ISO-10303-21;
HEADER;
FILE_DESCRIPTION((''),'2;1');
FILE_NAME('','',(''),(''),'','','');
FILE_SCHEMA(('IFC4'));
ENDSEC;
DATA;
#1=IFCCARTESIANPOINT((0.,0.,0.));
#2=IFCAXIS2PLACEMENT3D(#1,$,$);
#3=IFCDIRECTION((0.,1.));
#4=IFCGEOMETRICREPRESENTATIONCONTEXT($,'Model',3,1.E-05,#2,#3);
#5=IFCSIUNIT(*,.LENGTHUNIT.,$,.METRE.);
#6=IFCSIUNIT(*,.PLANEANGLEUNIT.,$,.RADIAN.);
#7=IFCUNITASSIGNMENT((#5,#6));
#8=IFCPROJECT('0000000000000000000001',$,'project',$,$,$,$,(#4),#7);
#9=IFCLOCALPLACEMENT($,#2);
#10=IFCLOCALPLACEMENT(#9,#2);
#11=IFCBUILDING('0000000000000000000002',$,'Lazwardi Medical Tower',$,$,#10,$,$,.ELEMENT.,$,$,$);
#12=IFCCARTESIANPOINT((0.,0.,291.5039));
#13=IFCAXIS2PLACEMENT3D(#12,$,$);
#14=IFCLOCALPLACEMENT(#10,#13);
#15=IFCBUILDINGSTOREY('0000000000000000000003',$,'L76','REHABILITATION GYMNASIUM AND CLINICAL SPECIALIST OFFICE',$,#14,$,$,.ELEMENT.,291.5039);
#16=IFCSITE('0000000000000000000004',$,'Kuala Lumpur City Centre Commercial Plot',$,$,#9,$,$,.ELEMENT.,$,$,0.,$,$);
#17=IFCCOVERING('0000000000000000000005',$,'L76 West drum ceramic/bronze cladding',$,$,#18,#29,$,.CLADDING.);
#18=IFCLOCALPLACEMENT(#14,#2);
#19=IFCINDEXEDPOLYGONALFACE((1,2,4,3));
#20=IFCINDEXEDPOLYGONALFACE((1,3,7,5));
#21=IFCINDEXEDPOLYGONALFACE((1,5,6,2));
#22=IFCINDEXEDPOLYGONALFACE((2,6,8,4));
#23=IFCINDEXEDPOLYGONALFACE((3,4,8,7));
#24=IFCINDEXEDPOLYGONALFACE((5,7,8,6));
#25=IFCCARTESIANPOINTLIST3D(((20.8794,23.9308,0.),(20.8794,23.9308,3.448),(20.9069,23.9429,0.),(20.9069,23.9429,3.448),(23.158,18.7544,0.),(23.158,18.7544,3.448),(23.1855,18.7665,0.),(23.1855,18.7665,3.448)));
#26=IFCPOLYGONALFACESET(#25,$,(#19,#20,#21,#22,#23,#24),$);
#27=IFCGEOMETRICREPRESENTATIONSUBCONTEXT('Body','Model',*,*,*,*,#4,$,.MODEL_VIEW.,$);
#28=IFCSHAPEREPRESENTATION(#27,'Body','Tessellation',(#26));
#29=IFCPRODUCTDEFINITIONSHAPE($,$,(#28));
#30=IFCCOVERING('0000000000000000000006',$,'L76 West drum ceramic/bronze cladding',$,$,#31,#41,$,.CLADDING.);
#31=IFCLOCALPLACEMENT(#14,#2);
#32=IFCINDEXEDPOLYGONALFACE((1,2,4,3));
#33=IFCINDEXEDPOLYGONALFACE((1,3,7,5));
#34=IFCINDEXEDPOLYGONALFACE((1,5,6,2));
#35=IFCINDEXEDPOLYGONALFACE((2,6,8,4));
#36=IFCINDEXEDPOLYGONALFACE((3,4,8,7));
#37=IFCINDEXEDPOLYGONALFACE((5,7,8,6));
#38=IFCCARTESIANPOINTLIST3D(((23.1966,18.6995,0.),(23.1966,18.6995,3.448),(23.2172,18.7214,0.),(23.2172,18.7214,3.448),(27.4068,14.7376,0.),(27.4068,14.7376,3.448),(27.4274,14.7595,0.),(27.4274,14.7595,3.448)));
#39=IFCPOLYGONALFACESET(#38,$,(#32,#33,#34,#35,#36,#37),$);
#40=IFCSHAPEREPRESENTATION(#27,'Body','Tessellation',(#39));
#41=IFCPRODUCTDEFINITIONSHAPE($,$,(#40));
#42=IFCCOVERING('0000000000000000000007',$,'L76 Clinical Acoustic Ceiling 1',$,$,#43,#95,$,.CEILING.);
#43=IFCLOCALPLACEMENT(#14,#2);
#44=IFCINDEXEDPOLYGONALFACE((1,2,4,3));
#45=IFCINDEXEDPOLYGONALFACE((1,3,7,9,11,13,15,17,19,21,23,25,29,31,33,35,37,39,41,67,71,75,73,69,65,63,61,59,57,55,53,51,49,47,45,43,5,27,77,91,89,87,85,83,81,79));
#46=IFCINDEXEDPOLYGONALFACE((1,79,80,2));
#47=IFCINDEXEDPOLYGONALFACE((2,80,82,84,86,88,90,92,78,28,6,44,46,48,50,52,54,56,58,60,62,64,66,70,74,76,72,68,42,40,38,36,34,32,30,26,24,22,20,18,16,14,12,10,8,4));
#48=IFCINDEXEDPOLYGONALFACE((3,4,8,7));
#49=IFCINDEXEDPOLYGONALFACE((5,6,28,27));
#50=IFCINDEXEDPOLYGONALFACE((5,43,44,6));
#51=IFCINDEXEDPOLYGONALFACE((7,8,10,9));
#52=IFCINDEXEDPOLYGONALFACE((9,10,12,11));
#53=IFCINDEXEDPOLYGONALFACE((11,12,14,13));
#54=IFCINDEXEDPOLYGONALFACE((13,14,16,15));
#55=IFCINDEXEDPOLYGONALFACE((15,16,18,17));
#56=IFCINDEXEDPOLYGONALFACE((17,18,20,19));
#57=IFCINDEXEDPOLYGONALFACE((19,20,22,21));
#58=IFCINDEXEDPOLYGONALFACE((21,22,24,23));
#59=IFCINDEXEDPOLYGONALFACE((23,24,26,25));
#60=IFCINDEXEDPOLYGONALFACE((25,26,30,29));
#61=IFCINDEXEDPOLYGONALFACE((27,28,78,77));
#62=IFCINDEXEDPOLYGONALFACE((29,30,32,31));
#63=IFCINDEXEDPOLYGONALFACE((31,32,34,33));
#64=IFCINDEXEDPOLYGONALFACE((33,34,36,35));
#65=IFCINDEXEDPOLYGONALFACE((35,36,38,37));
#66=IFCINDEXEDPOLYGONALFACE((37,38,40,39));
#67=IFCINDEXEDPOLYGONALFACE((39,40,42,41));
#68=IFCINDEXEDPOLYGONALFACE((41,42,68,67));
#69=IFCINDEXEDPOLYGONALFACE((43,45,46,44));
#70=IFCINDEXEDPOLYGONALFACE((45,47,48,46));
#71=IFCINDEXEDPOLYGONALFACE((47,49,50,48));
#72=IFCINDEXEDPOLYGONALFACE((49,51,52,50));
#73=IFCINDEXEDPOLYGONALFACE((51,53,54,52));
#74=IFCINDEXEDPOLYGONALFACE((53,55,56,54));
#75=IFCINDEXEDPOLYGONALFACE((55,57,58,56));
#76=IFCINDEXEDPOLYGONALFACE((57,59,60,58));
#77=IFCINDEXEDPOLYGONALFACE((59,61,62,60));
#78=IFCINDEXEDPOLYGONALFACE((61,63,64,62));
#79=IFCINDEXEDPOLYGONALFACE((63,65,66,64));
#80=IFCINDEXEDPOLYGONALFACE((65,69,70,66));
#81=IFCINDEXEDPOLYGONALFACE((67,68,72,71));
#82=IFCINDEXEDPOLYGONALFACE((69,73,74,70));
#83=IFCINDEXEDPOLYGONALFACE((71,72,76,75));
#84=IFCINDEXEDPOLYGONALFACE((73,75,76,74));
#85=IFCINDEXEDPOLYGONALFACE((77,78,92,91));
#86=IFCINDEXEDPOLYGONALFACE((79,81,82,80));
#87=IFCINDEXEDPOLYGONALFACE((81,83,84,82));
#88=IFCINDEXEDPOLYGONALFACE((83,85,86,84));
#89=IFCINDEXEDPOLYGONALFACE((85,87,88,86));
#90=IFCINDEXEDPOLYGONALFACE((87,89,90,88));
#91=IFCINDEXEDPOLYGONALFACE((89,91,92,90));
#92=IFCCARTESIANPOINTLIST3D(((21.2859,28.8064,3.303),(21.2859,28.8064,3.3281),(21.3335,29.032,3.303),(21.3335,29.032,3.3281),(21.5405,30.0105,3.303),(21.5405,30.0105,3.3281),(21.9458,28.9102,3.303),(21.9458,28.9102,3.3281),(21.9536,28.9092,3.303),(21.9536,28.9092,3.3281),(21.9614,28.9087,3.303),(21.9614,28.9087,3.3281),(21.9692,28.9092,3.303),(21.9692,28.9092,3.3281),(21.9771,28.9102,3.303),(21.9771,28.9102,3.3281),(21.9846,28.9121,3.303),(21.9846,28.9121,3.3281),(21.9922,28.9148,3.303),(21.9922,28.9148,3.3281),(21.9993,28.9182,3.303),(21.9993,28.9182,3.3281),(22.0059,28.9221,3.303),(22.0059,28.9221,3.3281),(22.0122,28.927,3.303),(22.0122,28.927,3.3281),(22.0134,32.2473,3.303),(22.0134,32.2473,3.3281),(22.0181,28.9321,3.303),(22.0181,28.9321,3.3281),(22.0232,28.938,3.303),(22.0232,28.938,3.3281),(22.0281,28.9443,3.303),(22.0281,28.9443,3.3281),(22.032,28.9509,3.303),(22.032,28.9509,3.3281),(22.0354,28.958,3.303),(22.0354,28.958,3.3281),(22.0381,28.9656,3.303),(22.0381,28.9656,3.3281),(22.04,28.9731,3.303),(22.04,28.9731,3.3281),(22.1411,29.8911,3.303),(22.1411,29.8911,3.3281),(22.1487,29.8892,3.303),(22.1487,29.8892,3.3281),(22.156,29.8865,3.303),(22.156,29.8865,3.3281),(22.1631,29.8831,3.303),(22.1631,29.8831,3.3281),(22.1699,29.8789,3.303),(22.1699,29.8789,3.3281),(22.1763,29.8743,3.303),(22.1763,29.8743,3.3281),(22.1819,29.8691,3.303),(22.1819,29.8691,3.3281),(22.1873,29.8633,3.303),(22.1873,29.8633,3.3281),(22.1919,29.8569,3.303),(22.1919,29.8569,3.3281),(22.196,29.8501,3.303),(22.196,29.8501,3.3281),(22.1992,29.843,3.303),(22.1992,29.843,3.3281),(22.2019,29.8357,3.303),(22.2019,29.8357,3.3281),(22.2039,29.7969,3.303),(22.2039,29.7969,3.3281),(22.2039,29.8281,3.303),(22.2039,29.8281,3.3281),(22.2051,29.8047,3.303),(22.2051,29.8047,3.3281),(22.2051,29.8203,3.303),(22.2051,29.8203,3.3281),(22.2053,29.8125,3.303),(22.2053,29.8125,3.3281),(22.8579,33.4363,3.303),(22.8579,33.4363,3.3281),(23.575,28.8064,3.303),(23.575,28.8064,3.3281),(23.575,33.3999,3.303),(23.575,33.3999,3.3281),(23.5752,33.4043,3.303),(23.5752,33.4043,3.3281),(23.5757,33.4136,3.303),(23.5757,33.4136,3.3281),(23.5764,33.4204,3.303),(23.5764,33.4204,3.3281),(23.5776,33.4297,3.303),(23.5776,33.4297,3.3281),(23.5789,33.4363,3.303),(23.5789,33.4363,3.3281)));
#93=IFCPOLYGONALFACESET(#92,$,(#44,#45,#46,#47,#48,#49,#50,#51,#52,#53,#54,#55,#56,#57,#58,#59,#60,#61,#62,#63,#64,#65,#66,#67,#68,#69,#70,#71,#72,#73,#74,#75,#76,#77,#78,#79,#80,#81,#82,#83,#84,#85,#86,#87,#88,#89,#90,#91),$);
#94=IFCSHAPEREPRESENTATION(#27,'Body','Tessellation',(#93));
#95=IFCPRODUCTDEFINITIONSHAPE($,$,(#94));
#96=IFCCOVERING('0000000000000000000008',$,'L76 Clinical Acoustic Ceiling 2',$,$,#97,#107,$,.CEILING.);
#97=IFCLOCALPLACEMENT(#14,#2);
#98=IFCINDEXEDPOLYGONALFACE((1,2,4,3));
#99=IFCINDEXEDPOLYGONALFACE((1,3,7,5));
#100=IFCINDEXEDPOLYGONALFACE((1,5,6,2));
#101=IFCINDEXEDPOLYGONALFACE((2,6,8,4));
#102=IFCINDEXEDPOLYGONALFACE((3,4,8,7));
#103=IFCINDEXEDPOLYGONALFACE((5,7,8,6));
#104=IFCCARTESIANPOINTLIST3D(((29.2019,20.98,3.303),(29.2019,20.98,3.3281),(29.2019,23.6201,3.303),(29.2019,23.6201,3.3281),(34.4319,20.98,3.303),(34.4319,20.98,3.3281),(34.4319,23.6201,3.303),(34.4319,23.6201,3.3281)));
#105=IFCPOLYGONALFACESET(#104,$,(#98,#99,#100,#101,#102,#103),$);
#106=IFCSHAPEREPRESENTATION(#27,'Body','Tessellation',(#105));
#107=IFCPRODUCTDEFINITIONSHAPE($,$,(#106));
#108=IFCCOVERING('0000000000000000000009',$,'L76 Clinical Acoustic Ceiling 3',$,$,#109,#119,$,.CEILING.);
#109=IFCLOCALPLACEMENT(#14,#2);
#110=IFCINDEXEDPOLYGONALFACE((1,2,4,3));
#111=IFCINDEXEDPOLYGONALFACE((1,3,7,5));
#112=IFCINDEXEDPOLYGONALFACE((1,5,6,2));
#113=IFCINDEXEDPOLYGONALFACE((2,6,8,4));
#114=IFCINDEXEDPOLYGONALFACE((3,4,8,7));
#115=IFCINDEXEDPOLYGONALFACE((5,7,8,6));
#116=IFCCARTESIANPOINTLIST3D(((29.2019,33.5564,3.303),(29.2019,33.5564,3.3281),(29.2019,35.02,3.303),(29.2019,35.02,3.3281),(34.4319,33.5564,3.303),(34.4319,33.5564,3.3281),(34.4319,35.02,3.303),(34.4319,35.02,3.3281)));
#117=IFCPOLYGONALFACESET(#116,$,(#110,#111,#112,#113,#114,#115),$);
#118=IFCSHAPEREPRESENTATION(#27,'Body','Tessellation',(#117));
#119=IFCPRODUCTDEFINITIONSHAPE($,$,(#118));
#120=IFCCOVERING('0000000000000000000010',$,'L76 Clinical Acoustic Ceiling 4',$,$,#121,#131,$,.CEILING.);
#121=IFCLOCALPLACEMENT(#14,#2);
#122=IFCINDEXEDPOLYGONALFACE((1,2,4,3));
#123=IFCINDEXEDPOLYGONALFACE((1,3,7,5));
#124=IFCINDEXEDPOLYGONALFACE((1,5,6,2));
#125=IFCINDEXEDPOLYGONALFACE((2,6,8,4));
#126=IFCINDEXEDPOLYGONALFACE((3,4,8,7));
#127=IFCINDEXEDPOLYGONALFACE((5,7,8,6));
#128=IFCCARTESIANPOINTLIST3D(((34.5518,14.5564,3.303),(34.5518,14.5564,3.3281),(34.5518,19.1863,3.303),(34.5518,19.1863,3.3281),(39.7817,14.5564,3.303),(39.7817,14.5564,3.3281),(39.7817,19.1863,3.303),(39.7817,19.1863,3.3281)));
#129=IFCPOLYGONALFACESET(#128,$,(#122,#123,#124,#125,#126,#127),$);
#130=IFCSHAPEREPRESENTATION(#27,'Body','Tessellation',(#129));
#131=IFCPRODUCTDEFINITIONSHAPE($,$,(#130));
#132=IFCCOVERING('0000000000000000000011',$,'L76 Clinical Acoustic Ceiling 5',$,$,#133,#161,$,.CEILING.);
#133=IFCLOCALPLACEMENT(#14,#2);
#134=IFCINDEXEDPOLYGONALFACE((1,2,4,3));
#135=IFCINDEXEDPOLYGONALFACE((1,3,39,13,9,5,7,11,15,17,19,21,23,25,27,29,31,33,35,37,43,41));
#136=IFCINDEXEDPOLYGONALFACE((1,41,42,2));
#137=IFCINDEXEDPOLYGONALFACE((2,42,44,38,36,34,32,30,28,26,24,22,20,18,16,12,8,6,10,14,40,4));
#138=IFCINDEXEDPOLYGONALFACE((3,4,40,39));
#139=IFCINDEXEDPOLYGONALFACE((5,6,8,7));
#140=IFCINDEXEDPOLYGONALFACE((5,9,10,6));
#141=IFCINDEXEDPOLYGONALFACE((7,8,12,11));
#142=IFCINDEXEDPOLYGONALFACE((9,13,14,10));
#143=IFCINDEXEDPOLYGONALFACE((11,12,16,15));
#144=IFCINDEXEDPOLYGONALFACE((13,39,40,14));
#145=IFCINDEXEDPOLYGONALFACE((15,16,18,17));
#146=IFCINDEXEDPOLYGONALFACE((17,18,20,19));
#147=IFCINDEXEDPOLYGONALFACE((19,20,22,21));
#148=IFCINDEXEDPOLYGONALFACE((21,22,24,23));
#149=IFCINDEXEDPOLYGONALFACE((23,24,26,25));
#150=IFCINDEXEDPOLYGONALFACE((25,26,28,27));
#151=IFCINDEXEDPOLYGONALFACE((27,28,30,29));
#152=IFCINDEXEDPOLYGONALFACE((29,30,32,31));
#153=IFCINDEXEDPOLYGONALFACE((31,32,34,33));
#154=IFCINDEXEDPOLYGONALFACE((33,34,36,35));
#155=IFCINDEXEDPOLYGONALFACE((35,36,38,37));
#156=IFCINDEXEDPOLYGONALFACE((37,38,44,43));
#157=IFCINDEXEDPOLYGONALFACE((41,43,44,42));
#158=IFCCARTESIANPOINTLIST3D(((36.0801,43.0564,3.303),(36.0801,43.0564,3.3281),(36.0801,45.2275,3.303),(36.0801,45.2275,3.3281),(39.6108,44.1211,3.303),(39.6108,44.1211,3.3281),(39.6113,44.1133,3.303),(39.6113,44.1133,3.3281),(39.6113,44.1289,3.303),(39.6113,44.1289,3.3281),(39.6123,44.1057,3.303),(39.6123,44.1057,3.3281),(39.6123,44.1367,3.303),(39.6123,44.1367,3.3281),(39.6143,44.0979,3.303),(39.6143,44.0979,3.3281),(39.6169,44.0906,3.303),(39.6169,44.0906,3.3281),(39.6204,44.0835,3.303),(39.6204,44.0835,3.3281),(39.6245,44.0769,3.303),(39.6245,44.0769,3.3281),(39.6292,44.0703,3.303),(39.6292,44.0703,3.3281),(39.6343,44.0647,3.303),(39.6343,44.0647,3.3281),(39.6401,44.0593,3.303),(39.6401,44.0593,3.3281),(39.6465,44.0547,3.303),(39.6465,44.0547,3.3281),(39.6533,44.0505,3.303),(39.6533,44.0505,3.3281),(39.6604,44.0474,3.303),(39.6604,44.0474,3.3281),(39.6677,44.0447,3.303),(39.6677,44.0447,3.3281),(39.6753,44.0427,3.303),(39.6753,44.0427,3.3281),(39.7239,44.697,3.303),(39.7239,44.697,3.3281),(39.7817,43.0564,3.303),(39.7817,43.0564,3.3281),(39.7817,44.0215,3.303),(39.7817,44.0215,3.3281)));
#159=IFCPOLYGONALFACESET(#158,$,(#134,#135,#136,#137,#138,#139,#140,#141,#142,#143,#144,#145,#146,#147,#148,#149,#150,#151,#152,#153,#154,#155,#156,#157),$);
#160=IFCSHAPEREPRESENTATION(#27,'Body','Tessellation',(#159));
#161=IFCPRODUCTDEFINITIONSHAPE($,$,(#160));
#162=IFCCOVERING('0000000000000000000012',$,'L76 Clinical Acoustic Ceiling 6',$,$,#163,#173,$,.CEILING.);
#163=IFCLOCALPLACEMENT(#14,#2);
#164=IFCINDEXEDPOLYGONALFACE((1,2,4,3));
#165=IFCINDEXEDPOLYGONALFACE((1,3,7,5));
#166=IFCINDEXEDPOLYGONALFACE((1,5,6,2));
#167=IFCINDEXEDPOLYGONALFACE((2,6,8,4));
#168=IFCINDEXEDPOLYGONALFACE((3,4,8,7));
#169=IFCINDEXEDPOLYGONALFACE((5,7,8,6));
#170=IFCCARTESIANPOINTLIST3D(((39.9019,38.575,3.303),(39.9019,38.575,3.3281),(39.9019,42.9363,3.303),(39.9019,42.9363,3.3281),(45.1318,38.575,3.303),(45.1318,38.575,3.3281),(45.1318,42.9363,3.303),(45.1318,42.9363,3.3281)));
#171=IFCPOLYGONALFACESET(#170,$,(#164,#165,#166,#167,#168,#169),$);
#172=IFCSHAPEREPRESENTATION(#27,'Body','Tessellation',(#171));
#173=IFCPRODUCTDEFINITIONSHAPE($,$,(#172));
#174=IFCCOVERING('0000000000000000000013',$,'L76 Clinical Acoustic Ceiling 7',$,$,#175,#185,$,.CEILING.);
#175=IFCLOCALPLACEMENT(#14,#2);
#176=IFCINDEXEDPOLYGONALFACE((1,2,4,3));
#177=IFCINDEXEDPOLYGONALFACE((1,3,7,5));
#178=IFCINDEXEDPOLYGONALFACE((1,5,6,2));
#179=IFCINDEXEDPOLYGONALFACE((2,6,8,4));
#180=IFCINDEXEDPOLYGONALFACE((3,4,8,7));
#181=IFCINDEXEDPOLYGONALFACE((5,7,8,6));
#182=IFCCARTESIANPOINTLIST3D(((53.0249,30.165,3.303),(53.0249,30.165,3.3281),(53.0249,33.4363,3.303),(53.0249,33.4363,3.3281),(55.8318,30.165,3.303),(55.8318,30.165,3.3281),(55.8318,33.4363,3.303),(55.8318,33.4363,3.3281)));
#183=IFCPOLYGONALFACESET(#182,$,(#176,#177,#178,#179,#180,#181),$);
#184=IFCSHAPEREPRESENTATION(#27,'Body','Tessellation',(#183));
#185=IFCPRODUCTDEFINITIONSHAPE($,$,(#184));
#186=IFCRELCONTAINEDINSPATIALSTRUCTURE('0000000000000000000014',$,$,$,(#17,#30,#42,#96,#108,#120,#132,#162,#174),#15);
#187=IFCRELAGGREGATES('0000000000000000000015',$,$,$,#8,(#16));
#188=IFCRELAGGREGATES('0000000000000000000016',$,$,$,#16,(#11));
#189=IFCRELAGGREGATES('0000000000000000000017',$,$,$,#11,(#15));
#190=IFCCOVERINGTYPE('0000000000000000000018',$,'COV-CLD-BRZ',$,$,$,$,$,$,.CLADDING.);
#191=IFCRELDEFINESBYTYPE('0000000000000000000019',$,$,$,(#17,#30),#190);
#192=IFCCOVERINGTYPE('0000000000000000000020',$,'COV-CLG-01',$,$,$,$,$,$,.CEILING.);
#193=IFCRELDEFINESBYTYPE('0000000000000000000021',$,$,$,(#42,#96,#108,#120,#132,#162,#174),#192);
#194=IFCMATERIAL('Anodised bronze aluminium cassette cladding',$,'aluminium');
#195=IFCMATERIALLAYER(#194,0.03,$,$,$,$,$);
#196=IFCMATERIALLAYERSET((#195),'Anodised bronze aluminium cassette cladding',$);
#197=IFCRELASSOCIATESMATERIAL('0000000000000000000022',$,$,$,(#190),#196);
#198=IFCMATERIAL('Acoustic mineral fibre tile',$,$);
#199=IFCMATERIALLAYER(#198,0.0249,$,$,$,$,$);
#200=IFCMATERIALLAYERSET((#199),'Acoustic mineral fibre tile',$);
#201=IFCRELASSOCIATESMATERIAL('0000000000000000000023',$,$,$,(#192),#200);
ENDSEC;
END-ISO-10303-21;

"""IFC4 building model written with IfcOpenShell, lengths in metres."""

from ifc_helpers import new_model, si_unit, direction, frame, origin, origin_2d, place, context, subcontext, project, spatial, polyline, rectangle, outline, extrude, material, layer, layer_set, type_object, element, save


model = new_model("IFC4")

# Units and contexts
model_context = context("Model", 3, precision=1e-05, world=origin(), true_north=direction((0.0, 1.0)))
body_context = subcontext(model_context, "Body", "Model", "MODEL_VIEW")
ifc_project = project(units=[si_unit("LENGTHUNIT", "METRE"), si_unit("PLANEANGLEUNIT", "RADIAN")], contexts=[model_context])

# Site, building, storey
site_placement = place(None, origin())
site = spatial("IfcSite", under=ifc_project, at=site_placement, Name="Kuala Lumpur City Centre Commercial Plot", CompositionType="ELEMENT", RefElevation=0.0)
building_placement = place(site_placement, origin())
building = spatial("IfcBuilding", under=site, at=building_placement, Name="Lazwardi Medical Tower", CompositionType="ELEMENT")
storey_placement = place(building_placement, frame((0.0, 0.0, 291.5039)))
storey = spatial("IfcBuildingStorey", under=building, at=storey_placement, Name="L76", Description="REHABILITATION GYMNASIUM AND CLINICAL SPECIALIST OFFICE", CompositionType="ELEMENT", Elevation=291.5039)

# Coverings
ifc_material_1 = material(Name="Anodised bronze aluminium cassette cladding", Category="aluminium")
ifc_layer_1 = layer(ifc_material_1, 0.03)
ifc_layer_set_1 = layer_set([ifc_layer_1], Name="Anodised bronze aluminium cassette cladding")
covering_type_1 = type_object("IfcCoveringType", Name="COV-CLD-BRZ", PredefinedType="CLADDING", material=ifc_layer_set_1)
covering_1_placement = place(storey_placement, frame((22.0325, 21.3486, 0.0), z_axis=(0.0, 0.0, 1.0), x_axis=(0.402878, -0.915254, 0.0)))
element("IfcCovering", 1, at=covering_1_placement, inside=storey, type_object=covering_type_1, Name="L76 West drum ceramic/bronze cladding", PredefinedType="CLADDING", context=body_context, shape_type="SweptSolid", body=[
    extrude(rectangle(XDim=5.6558, YDim=0.03, at=origin_2d()), origin(), (0.0, 0.0, 1.0), 3.448),
])
covering_2_placement = place(storey_placement, frame((25.312, 16.7295, 0.0), z_axis=(0.0, 0.0, 1.0), x_axis=(0.728255, -0.685306, 0.0)))
element("IfcCovering", 2, at=covering_2_placement, inside=storey, type_object=covering_type_1, Name="L76 West drum ceramic/bronze cladding", PredefinedType="CLADDING", context=body_context, shape_type="SweptSolid", body=[
    extrude(rectangle(XDim=5.7812, YDim=0.03, at=origin_2d()), origin(), (0.0, 0.0, 1.0), 3.448),
])
ifc_material_2 = material(Name="Acoustic mineral fibre tile")
ifc_layer_2 = layer(ifc_material_2, 0.0249)
ifc_layer_set_2 = layer_set([ifc_layer_2], Name="Acoustic mineral fibre tile")
covering_type_2 = type_object("IfcCoveringType", Name="COV-CLG-01", PredefinedType="CEILING", material=ifc_layer_set_2)
covering_3_placement = place(storey_placement, frame((0.0, 0.0, 3.303)))
element("IfcCovering", 3, at=covering_3_placement, inside=storey, type_object=covering_type_2, Name="L76 Clinical Acoustic Ceiling 1", PredefinedType="CEILING", context=body_context, shape_type="SweptSolid", body=[
    extrude(outline(polyline([(22.8579, 33.4363), (22.0134, 32.2473), (21.5405, 30.0105), (22.1411, 29.8911), (22.1487, 29.8892), (22.156, 29.8865), (22.1631, 29.8831), (22.1699, 29.8789), (22.1763, 29.8743), (22.1819, 29.8691), (22.1873, 29.8633), (22.1919, 29.8569), (22.196, 29.8501), (22.1992, 29.843), (22.2019, 29.8357), (22.2039, 29.8281), (22.2051, 29.8203), (22.2053, 29.8125), (22.2051, 29.8047), (22.2039, 29.7969), (22.04, 28.9731), (22.0381, 28.9656), (22.0354, 28.958), (22.032, 28.9509), (22.0281, 28.9443), (22.0232, 28.938), (22.0181, 28.9321), (22.0122, 28.927), (22.0059, 28.9221), (21.9993, 28.9182), (21.9922, 28.9148), (21.9846, 28.9121), (21.9771, 28.9102), (21.9692, 28.9092), (21.9614, 28.9087), (21.9536, 28.9092), (21.9458, 28.9102), (21.3335, 29.032), (21.2859, 28.8064), (23.575, 28.8064), (23.575, 33.3999), (23.5752, 33.4043), (23.5757, 33.4136), (23.5764, 33.4204), (23.5776, 33.4297), (23.5789, 33.4363), (22.8579, 33.4363)])), origin(), (0.0, 0.0, 1.0), 0.0251),
])
covering_4_placement = place(storey_placement, frame((0.0, 0.0, 3.303)))
element("IfcCovering", 4, at=covering_4_placement, inside=storey, type_object=covering_type_2, Name="L76 Clinical Acoustic Ceiling 2", PredefinedType="CEILING", context=body_context, shape_type="SweptSolid", body=[
    extrude(outline(polyline([(34.4319, 23.6201), (29.2019, 23.6201), (29.2019, 20.98), (34.4319, 20.98), (34.4319, 23.6201)])), origin(), (0.0, 0.0, 1.0), 0.0251),
])
covering_5_placement = place(storey_placement, frame((0.0, 0.0, 3.303)))
element("IfcCovering", 5, at=covering_5_placement, inside=storey, type_object=covering_type_2, Name="L76 Clinical Acoustic Ceiling 3", PredefinedType="CEILING", context=body_context, shape_type="SweptSolid", body=[
    extrude(outline(polyline([(34.4319, 35.02), (29.2019, 35.02), (29.2019, 33.5564), (34.4319, 33.5564), (34.4319, 35.02)])), origin(), (0.0, 0.0, 1.0), 0.0251),
])
covering_6_placement = place(storey_placement, frame((0.0, 0.0, 3.303)))
element("IfcCovering", 6, at=covering_6_placement, inside=storey, type_object=covering_type_2, Name="L76 Clinical Acoustic Ceiling 4", PredefinedType="CEILING", context=body_context, shape_type="SweptSolid", body=[
    extrude(outline(polyline([(39.7817, 14.5564), (39.7817, 19.1863), (34.5518, 19.1863), (34.5518, 14.5564), (39.7817, 14.5564)])), origin(), (0.0, 0.0, 1.0), 0.0251),
])
covering_7_placement = place(storey_placement, frame((0.0, 0.0, 3.303)))
element("IfcCovering", 7, at=covering_7_placement, inside=storey, type_object=covering_type_2, Name="L76 Clinical Acoustic Ceiling 5", PredefinedType="CEILING", context=body_context, shape_type="SweptSolid", body=[
    extrude(outline(polyline([(39.7817, 44.0215), (39.6753, 44.0427), (39.6677, 44.0447), (39.6604, 44.0474), (39.6533, 44.0505), (39.6465, 44.0547), (39.6401, 44.0593), (39.6343, 44.0647), (39.6292, 44.0703), (39.6245, 44.0769), (39.6204, 44.0835), (39.6169, 44.0906), (39.6143, 44.0979), (39.6123, 44.1057), (39.6113, 44.1133), (39.6108, 44.1211), (39.6113, 44.1289), (39.6123, 44.1367), (39.7239, 44.697), (36.0801, 45.2275), (36.0801, 43.0564), (39.7817, 43.0564), (39.7817, 44.0215)])), origin(), (0.0, 0.0, 1.0), 0.0251),
])
covering_8_placement = place(storey_placement, frame((0.0, 0.0, 3.303)))
element("IfcCovering", 8, at=covering_8_placement, inside=storey, type_object=covering_type_2, Name="L76 Clinical Acoustic Ceiling 6", PredefinedType="CEILING", context=body_context, shape_type="SweptSolid", body=[
    extrude(outline(polyline([(39.9019, 38.575), (45.1318, 38.575), (45.1318, 42.9363), (39.9019, 42.9363), (39.9019, 38.575)])), origin(), (0.0, 0.0, 1.0), 0.0251),
])
covering_9_placement = place(storey_placement, frame((0.0, 0.0, 3.303)))
element("IfcCovering", 9, at=covering_9_placement, inside=storey, type_object=covering_type_2, Name="L76 Clinical Acoustic Ceiling 7", PredefinedType="CEILING", context=body_context, shape_type="SweptSolid", body=[
    extrude(outline(polyline([(53.0249, 33.4363), (53.0249, 30.165), (55.8318, 30.165), (55.8318, 33.4363), (53.0249, 33.4363)])), origin(), (0.0, 0.0, 1.0), 0.0251),
])

save(model, "model.ifc")
